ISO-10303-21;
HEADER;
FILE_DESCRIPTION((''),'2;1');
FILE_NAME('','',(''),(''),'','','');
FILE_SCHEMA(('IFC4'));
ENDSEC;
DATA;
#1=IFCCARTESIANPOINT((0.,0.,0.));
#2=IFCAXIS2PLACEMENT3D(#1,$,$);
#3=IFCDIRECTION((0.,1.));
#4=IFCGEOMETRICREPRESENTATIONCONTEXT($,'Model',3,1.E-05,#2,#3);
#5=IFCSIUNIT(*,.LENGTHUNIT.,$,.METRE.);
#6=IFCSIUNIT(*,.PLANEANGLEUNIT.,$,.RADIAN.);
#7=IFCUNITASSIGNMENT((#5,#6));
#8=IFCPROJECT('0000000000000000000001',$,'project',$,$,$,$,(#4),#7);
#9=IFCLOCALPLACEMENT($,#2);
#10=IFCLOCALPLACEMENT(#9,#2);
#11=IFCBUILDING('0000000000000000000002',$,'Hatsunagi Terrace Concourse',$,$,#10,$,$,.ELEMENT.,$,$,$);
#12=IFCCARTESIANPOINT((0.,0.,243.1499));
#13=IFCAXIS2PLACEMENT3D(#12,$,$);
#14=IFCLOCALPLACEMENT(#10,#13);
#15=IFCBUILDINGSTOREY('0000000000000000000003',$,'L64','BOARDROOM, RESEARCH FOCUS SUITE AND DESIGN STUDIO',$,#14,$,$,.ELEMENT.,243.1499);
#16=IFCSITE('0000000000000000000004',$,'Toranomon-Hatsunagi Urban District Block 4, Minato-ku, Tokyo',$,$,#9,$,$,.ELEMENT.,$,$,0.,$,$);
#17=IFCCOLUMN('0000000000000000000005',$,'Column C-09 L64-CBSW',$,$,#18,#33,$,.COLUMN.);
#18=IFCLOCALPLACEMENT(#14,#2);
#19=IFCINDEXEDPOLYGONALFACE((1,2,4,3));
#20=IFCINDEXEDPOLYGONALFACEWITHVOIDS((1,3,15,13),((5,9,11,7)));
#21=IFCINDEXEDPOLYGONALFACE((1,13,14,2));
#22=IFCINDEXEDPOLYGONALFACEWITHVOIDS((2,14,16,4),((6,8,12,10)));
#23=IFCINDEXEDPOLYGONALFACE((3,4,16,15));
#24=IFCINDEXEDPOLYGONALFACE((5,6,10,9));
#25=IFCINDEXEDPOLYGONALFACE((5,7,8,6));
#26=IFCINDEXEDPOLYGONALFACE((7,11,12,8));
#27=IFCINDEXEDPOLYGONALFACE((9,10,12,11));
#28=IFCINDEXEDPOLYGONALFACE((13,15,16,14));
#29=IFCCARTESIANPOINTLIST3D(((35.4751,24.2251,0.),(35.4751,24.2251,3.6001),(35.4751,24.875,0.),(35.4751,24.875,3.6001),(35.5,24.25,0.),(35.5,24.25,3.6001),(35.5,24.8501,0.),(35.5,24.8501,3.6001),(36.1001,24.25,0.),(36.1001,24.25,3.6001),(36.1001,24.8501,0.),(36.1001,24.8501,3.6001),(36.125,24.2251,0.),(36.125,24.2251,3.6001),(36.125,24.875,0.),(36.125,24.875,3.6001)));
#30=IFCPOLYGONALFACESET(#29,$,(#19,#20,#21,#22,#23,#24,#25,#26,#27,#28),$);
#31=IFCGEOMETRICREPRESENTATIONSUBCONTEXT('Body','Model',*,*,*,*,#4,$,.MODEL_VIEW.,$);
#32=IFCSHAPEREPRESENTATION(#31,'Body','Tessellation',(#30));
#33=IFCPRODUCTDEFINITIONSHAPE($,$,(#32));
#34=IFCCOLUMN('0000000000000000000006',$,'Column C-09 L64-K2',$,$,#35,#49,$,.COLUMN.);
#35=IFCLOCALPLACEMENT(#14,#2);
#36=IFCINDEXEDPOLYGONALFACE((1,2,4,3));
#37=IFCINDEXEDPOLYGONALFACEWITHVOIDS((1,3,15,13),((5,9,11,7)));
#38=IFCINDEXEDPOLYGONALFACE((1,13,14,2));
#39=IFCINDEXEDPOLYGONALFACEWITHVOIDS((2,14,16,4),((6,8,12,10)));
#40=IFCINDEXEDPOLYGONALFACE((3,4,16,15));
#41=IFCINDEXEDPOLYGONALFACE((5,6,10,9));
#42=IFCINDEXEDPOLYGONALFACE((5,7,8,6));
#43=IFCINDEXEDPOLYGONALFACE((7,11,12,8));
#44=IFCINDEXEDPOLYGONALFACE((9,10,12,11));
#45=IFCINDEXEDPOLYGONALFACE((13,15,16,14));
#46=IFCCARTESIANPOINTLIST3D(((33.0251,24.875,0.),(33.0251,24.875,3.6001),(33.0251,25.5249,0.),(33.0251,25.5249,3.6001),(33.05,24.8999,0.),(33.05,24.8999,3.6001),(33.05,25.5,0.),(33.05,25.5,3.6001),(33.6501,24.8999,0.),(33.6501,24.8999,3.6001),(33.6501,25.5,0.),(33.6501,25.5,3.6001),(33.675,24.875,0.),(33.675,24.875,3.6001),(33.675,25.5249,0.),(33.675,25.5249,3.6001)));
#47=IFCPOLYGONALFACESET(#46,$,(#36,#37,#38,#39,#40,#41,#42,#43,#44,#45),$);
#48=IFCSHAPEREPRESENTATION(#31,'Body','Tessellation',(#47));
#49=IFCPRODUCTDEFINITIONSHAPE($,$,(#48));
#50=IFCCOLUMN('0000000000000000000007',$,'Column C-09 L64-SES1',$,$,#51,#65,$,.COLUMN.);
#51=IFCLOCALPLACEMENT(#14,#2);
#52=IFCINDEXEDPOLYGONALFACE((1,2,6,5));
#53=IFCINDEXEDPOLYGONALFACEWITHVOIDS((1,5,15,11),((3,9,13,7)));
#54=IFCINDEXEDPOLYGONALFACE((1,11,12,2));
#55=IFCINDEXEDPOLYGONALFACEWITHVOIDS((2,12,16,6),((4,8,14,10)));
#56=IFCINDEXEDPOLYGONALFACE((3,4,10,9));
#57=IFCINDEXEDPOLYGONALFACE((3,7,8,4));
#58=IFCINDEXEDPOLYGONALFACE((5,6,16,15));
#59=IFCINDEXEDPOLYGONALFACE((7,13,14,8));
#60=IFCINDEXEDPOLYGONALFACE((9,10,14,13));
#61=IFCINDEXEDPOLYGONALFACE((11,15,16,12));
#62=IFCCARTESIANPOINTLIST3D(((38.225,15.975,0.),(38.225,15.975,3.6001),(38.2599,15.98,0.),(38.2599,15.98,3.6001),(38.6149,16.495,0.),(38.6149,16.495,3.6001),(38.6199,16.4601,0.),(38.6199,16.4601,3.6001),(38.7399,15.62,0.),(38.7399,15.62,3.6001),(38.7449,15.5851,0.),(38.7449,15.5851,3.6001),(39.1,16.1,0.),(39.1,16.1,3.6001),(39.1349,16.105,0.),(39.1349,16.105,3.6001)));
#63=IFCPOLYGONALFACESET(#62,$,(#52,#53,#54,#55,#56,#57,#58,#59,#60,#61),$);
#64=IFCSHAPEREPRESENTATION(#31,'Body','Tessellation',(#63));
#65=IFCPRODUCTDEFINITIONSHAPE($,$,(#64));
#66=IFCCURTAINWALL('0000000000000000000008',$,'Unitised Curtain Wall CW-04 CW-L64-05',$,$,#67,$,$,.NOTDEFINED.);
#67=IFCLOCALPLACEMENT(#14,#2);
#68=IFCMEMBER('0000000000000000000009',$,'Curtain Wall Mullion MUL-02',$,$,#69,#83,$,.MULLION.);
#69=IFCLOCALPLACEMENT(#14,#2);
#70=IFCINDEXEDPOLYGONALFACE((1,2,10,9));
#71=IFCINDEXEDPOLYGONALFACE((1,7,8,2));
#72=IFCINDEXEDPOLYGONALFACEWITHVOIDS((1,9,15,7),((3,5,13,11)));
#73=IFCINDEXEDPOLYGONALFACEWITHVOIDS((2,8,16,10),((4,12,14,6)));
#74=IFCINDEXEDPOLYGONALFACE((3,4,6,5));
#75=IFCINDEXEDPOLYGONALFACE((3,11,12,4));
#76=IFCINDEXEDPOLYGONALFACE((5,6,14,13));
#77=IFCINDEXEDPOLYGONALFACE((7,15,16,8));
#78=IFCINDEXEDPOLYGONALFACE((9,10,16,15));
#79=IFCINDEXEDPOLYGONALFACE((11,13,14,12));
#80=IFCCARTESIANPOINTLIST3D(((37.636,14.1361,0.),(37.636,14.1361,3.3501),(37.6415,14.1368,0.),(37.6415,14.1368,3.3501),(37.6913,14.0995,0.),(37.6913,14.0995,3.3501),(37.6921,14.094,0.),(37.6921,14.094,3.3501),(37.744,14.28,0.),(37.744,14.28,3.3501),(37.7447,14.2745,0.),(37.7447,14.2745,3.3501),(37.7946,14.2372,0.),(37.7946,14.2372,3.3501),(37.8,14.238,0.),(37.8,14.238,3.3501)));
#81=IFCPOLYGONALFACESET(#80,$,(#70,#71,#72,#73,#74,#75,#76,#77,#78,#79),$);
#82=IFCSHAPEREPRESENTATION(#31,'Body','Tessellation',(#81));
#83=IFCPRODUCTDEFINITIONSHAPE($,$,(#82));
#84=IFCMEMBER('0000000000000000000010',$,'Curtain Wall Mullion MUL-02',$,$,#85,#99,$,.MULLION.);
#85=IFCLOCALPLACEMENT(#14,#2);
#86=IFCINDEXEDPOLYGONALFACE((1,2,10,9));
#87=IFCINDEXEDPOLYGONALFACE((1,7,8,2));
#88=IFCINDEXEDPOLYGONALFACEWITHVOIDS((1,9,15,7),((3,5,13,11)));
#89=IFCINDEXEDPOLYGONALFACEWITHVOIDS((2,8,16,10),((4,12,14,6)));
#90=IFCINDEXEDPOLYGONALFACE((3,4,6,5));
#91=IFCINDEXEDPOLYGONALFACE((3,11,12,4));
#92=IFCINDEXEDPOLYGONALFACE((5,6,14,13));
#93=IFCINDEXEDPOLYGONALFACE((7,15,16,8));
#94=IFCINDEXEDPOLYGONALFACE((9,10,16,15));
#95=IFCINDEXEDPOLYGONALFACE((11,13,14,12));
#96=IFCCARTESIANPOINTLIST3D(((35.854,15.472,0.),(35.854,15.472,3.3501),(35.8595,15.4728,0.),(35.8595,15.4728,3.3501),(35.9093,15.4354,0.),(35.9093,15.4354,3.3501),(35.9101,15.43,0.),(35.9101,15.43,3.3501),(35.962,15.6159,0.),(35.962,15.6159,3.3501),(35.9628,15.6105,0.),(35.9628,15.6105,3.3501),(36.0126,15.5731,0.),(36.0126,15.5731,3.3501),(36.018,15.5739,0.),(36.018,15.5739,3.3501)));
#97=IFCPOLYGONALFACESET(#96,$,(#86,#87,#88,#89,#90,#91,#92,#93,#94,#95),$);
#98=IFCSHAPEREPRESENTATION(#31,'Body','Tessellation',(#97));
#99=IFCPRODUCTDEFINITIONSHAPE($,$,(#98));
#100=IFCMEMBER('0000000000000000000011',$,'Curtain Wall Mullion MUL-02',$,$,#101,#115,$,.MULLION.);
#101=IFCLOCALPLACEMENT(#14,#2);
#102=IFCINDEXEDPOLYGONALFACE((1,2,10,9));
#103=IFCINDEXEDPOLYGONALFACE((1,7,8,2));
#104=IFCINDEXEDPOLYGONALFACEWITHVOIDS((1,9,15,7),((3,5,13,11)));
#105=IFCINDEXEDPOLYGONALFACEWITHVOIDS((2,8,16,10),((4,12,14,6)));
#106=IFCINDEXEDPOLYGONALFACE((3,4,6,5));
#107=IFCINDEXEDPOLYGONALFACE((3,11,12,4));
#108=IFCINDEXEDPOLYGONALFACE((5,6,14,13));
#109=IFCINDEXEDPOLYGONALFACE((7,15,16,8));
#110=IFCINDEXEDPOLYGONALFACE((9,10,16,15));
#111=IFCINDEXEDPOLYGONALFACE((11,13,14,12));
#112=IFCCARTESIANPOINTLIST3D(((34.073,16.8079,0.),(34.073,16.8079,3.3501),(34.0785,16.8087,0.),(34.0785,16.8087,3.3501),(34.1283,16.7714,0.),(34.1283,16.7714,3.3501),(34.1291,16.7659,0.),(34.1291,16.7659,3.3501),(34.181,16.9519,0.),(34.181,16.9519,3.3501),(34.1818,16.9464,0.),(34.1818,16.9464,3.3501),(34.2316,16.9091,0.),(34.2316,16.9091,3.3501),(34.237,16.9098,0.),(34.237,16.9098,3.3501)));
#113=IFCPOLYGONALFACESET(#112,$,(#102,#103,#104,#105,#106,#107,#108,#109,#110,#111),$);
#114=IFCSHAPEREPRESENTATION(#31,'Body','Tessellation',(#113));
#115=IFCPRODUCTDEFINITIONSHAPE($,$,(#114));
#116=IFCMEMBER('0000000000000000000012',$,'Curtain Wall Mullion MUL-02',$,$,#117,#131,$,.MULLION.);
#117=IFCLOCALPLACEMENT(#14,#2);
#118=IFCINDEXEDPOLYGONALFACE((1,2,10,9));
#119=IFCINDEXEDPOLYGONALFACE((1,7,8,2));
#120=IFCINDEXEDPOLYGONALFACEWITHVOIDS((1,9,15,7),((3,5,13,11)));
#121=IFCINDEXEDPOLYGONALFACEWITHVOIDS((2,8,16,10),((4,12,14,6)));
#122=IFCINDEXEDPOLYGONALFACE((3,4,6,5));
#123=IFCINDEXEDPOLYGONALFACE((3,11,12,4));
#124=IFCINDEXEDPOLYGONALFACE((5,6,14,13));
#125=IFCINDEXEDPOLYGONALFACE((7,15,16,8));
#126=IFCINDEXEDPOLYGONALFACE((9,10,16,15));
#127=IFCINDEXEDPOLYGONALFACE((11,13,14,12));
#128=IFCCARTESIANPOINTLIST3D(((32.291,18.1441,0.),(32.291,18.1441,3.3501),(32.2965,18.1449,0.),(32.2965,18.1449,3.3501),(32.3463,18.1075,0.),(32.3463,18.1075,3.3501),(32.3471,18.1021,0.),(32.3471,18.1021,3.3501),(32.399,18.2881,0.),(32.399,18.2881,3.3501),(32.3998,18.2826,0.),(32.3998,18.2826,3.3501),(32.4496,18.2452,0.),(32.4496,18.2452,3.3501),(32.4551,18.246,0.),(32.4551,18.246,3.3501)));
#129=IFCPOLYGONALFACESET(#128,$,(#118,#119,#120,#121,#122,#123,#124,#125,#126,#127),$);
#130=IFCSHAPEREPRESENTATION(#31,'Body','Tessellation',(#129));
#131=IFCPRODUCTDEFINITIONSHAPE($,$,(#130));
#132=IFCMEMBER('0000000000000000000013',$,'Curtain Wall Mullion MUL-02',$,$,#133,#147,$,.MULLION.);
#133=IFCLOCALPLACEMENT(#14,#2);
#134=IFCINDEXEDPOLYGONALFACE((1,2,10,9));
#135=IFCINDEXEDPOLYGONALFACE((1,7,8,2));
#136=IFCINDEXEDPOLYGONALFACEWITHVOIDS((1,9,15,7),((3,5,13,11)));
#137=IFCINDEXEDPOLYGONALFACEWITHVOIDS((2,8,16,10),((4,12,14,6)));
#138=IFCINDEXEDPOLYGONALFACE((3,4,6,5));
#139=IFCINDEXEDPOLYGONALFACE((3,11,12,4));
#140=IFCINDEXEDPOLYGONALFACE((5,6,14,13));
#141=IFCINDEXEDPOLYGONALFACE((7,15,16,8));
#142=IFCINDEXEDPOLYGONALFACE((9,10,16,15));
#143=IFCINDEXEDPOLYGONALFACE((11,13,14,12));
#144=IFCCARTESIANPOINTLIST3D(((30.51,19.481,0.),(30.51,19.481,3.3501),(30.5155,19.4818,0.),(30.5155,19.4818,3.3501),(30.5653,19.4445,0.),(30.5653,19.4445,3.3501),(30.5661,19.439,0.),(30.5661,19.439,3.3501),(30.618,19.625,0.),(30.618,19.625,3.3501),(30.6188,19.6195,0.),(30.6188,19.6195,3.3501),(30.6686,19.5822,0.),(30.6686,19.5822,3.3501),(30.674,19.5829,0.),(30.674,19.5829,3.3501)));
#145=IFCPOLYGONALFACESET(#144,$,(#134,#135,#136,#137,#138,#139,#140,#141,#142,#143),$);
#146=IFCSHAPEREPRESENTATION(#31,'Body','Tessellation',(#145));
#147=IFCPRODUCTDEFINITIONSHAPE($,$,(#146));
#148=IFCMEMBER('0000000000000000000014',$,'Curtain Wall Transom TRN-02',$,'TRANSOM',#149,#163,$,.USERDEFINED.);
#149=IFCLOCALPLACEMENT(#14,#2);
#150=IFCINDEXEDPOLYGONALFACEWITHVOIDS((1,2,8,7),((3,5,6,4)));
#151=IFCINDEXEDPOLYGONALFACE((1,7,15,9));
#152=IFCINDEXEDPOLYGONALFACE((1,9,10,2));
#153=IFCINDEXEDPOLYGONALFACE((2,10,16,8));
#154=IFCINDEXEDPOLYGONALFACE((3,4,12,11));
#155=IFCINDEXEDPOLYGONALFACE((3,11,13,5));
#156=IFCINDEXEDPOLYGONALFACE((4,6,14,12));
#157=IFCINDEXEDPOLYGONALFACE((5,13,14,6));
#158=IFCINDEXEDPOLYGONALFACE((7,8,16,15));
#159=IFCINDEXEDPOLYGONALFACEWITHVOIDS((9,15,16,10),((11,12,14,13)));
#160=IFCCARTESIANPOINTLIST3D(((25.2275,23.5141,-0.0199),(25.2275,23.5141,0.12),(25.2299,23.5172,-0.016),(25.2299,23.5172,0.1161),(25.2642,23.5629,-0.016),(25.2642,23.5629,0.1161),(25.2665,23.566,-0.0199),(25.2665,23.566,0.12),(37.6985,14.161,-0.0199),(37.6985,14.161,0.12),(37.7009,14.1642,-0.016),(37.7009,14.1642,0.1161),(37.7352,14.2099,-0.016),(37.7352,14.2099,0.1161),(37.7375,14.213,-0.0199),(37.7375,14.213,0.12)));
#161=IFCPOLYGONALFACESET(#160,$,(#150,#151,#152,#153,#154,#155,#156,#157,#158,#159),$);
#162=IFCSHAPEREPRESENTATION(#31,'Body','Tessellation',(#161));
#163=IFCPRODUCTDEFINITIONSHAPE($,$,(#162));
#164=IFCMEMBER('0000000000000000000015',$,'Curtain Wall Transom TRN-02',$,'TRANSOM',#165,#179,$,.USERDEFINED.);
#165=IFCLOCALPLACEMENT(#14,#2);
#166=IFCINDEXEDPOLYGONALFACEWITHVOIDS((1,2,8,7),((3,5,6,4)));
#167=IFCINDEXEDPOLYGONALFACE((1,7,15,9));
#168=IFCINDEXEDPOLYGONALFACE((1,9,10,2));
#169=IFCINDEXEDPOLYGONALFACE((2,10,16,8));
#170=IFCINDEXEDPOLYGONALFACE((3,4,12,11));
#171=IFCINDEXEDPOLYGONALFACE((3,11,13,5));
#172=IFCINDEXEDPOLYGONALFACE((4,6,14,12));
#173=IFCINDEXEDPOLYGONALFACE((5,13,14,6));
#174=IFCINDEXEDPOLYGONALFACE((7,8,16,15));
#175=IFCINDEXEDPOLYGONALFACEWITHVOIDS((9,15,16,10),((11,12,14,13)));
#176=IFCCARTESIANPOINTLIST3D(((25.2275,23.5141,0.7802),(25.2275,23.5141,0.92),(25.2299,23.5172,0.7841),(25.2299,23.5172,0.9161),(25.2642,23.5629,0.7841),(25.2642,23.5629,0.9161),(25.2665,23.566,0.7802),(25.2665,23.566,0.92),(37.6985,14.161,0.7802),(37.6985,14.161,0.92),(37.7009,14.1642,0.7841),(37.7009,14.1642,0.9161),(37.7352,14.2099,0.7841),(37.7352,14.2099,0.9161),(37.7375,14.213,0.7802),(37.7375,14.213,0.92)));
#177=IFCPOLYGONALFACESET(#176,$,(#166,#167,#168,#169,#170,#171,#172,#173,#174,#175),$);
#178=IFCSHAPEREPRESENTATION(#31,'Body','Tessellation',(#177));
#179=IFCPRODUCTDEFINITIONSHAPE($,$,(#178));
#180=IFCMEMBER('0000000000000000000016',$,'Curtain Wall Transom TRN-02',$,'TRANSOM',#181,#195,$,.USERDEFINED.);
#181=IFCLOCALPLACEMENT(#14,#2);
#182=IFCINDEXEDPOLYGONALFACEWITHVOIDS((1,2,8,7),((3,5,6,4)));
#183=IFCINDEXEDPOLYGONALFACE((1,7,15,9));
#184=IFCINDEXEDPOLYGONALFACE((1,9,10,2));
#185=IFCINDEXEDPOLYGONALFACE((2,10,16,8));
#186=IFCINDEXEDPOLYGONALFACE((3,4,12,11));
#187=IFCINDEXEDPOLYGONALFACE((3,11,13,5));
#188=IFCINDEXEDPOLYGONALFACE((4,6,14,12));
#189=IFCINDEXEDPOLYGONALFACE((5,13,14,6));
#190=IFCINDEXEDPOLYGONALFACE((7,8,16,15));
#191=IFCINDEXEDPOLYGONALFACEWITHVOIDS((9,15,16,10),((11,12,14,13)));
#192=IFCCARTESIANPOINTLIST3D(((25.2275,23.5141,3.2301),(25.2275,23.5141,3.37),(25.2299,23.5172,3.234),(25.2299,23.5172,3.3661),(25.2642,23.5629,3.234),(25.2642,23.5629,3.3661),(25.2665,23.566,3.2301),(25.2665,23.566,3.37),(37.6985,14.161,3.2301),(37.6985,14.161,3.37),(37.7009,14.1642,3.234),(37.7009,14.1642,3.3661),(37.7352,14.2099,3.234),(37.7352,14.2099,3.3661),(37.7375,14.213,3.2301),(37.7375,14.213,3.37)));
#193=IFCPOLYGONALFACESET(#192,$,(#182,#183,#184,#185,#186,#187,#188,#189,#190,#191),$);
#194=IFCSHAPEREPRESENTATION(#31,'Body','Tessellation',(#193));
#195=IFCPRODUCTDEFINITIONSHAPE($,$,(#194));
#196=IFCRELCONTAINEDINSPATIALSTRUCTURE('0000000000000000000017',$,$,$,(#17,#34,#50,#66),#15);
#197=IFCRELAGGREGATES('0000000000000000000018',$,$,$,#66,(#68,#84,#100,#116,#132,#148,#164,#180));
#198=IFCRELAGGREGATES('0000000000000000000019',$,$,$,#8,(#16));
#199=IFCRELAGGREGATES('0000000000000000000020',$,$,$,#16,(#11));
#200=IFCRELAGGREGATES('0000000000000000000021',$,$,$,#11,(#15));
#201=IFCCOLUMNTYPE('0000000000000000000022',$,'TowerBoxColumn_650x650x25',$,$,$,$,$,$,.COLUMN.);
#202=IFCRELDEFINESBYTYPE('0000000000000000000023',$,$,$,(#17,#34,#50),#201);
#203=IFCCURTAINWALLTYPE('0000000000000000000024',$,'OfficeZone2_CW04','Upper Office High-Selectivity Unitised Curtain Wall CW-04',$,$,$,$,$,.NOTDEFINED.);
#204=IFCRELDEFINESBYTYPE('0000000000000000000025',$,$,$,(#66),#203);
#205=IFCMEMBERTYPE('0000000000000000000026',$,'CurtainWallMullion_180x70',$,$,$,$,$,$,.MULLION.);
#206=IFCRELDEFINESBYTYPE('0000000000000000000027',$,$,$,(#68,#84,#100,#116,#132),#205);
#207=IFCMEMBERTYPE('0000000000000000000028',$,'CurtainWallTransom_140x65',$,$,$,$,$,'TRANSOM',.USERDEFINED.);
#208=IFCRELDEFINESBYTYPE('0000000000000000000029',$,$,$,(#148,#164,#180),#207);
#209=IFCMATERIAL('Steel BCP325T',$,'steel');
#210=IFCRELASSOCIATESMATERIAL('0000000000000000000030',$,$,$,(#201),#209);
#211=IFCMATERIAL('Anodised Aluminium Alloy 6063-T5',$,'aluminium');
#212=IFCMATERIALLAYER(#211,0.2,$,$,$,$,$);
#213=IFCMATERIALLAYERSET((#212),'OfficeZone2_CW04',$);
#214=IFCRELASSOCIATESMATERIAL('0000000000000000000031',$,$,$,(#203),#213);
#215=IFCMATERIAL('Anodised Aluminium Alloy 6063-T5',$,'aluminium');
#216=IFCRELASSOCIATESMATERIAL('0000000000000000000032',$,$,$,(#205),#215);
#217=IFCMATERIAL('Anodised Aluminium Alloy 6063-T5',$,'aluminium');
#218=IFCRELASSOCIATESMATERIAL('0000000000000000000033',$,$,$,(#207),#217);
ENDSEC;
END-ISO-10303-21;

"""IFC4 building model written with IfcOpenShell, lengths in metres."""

from ifc_helpers import new_model, si_unit, direction, frame, origin, origin_2d, place, context, subcontext, project, spatial, hollow_rectangle, extrude, material, layer, layer_set, material_profile, profile_set, type_object, element, aggregate, save


model = new_model("IFC4")

# Units and contexts
model_context = context("Model", 3, precision=1e-05, world=origin(), true_north=direction((0.0, 1.0)))
body_context = subcontext(model_context, "Body", "Model", "MODEL_VIEW")
ifc_project = project(units=[si_unit("LENGTHUNIT", "METRE"), si_unit("PLANEANGLEUNIT", "RADIAN")], contexts=[model_context])

# Site, building, storey
site_placement = place(None, origin())
site = spatial("IfcSite", under=ifc_project, at=site_placement, Name="Toranomon-Hatsunagi Urban District Block 4, Minato-ku, Tokyo", CompositionType="ELEMENT", RefElevation=0.0)
building_placement = place(site_placement, origin())
building = spatial("IfcBuilding", under=site, at=building_placement, Name="Hatsunagi Terrace Concourse", CompositionType="ELEMENT")
storey_placement = place(building_placement, frame((0.0, 0.0, 243.1499)))
storey = spatial("IfcBuildingStorey", under=building, at=storey_placement, Name="L64", Description="BOARDROOM, RESEARCH FOCUS SUITE AND DESIGN STUDIO", CompositionType="ELEMENT", Elevation=243.1499)

# Columns
ifc_material_1 = material(Name="Steel BCP325T", Category="steel")
ifc_material_profile_1 = material_profile(ifc_material_1, hollow_rectangle(XDim=0.6499, YDim=0.6499, WallThickness=0.0249, at=origin_2d()), Name="BCP-650x650x25")
ifc_profile_set_1 = profile_set([ifc_material_profile_1], Name="Steel BCP325T")
column_type = type_object("IfcColumnType", Name="TowerBoxColumn_650x650x25", PredefinedType="COLUMN", material=ifc_profile_set_1)
for number, where, z_axis, x_axis, name in (
    (1, (35.8, 24.55, 0.0), (0.0, 0.0, 1.0), (1.0, 0.0, 0.0), "Column C-09 L64-CBSW"),
    (2, (33.3501, 25.2, 0.0), (0.0, 0.0, 1.0), (1.0, 0.0, 0.0), "Column C-09 L64-K2"),
    (3, (38.6799, 16.04, 0.0), (0.0, 0.0, 1.0), (0.8, -0.6, 0.0), "Column C-09 L64-SES1"),
):
    element("IfcColumn", number, at=place(storey_placement, frame(where, z_axis=z_axis, x_axis=x_axis)), inside=storey, type_object=column_type, Name=name, PredefinedType="COLUMN", context=body_context, shape_type="SweptSolid", body=[
        extrude(hollow_rectangle(XDim=0.6499, YDim=0.6499, WallThickness=0.0249, at=origin_2d()), origin(), (0.0, 0.0, 1.0), 3.6001),
    ])

# Curtain wall, members
ifc_material_2 = material(Name="Anodised Aluminium Alloy 6063-T5", Category="aluminium")
ifc_layer_1 = layer(ifc_material_2, 0.2)
ifc_layer_set_1 = layer_set([ifc_layer_1], Name="OfficeZone2_CW04")
curtain_wall_type = type_object("IfcCurtainWallType", Name="OfficeZone2_CW04", Description="Upper Office High-Selectivity Unitised Curtain Wall CW-04", PredefinedType="NOTDEFINED", material=ifc_layer_set_1)
curtain_wall_placement = place(storey_placement, origin())
curtain_wall = element("IfcCurtainWall", 4, at=curtain_wall_placement, inside=storey, type_object=curtain_wall_type, Name="Unitised Curtain Wall CW-04 CW-L64-05", PredefinedType="NOTDEFINED")
ifc_material_3 = material(Name="Anodised Aluminium Alloy 6063-T5", Category="aluminium")
ifc_material_profile_2 = material_profile(ifc_material_3, hollow_rectangle(XDim=0.0701, YDim=0.1799, WallThickness=0.0039, at=origin_2d()), Name="ALU-MUL-180x70x4")
ifc_profile_set_2 = profile_set([ifc_material_profile_2], Name="Anodised Aluminium Alloy 6063-T5")
member_type_1 = type_object("IfcMemberType", Name="CurtainWallMullion_180x70", PredefinedType="MULLION", material=ifc_profile_set_2)
member_1_placement = place(storey_placement, frame((37.718, 14.187, 0.0), z_axis=(0.0, 0.0, 1.0), x_axis=(-0.800007, 0.59999, 0.0)))
member_1 = element("IfcMember", 5, at=member_1_placement, type_object=member_type_1, Name="Curtain Wall Mullion MUL-02", PredefinedType="MULLION", context=body_context, shape_type="SweptSolid", body=[
    extrude(hollow_rectangle(XDim=0.0701, YDim=0.1799, WallThickness=0.0039, at=origin_2d()), origin(), (0.0, 0.0, 1.0), 3.3501),
])
member_2_placement = place(storey_placement, frame((35.936, 15.5229, 0.0), z_axis=(0.0, 0.0, 1.0), x_axis=(-0.800007, 0.59999, 0.0)))
member_2 = element("IfcMember", 6, at=member_2_placement, type_object=member_type_1, Name="Curtain Wall Mullion MUL-02", PredefinedType="MULLION", context=body_context, shape_type="SweptSolid", body=[
    extrude(hollow_rectangle(XDim=0.0701, YDim=0.1799, WallThickness=0.0039, at=origin_2d()), origin(), (0.0, 0.0, 1.0), 3.3501),
])
member_3_placement = place(storey_placement, frame((34.155, 16.8589, 0.0), z_axis=(0.0, 0.0, 1.0), x_axis=(-0.800007, 0.59999, 0.0)))
member_3 = element("IfcMember", 7, at=member_3_placement, type_object=member_type_1, Name="Curtain Wall Mullion MUL-02", PredefinedType="MULLION", context=body_context, shape_type="SweptSolid", body=[
    extrude(hollow_rectangle(XDim=0.0701, YDim=0.1799, WallThickness=0.0039, at=origin_2d()), origin(), (0.0, 0.0, 1.0), 3.3501),
])
member_4_placement = place(storey_placement, frame((32.373, 18.1951, 0.0), z_axis=(0.0, 0.0, 1.0), x_axis=(-0.800007, 0.59999, 0.0)))
member_4 = element("IfcMember", 8, at=member_4_placement, type_object=member_type_1, Name="Curtain Wall Mullion MUL-02", PredefinedType="MULLION", context=body_context, shape_type="SweptSolid", body=[
    extrude(hollow_rectangle(XDim=0.0701, YDim=0.1799, WallThickness=0.0039, at=origin_2d()), origin(), (0.0, 0.0, 1.0), 3.3501),
])
member_5_placement = place(storey_placement, frame((30.592, 19.532, 0.0), z_axis=(0.0, 0.0, 1.0), x_axis=(-0.800007, 0.59999, 0.0)))
member_5 = element("IfcMember", 9, at=member_5_placement, type_object=member_type_1, Name="Curtain Wall Mullion MUL-02", PredefinedType="MULLION", context=body_context, shape_type="SweptSolid", body=[
    extrude(hollow_rectangle(XDim=0.0701, YDim=0.1799, WallThickness=0.0039, at=origin_2d()), origin(), (0.0, 0.0, 1.0), 3.3501),
])
ifc_material_4 = material(Name="Anodised Aluminium Alloy 6063-T5", Category="aluminium")
ifc_material_profile_3 = material_profile(ifc_material_4, hollow_rectangle(XDim=0.0649, YDim=0.1399, WallThickness=0.0039, at=origin_2d()), Name="ALU-TRN-140x65x4")
ifc_profile_set_3 = profile_set([ifc_material_profile_3], Name="Anodised Aluminium Alloy 6063-T5")
member_type_2 = type_object("IfcMemberType", Name="CurtainWallTransom_140x65", ElementType="TRANSOM", PredefinedType="USERDEFINED", material=ifc_profile_set_3)
member_6_placement = place(storey_placement, frame((37.718, 14.187, 0.05), z_axis=(-0.800006, 0.599992, 0.0), x_axis=(-0.599992, -0.800006, 0.0)))
member_6 = element("IfcMember", 10, at=member_6_placement, type_object=member_type_2, Name="Curtain Wall Transom TRN-02", ObjectType="TRANSOM", PredefinedType="USERDEFINED", context=body_context, shape_type="SweptSolid", body=[
    extrude(hollow_rectangle(XDim=0.0649, YDim=0.1399, WallThickness=0.0039, at=origin_2d()), origin(), (0.0, 0.0, 1.0), 15.5886),
])
member_7_placement = place(storey_placement, frame((37.718, 14.187, 0.8501), z_axis=(-0.800006, 0.599992, 0.0), x_axis=(-0.599992, -0.800006, 0.0)))
member_7 = element("IfcMember", 11, at=member_7_placement, type_object=member_type_2, Name="Curtain Wall Transom TRN-02", ObjectType="TRANSOM", PredefinedType="USERDEFINED", context=body_context, shape_type="SweptSolid", body=[
    extrude(hollow_rectangle(XDim=0.0649, YDim=0.1399, WallThickness=0.0039, at=origin_2d()), origin(), (0.0, 0.0, 1.0), 15.5886),
])
member_8_placement = place(storey_placement, frame((37.718, 14.187, 3.3), z_axis=(-0.800006, 0.599992, 0.0), x_axis=(-0.599992, -0.800006, 0.0)))
member_8 = element("IfcMember", 12, at=member_8_placement, type_object=member_type_2, Name="Curtain Wall Transom TRN-02", ObjectType="TRANSOM", PredefinedType="USERDEFINED", context=body_context, shape_type="SweptSolid", body=[
    extrude(hollow_rectangle(XDim=0.0649, YDim=0.1399, WallThickness=0.0039, at=origin_2d()), origin(), (0.0, 0.0, 1.0), 15.5886),
])

aggregate(curtain_wall, [member_1, member_2, member_3, member_4, member_5, member_6, member_7, member_8])

save(model, "model.ifc")
